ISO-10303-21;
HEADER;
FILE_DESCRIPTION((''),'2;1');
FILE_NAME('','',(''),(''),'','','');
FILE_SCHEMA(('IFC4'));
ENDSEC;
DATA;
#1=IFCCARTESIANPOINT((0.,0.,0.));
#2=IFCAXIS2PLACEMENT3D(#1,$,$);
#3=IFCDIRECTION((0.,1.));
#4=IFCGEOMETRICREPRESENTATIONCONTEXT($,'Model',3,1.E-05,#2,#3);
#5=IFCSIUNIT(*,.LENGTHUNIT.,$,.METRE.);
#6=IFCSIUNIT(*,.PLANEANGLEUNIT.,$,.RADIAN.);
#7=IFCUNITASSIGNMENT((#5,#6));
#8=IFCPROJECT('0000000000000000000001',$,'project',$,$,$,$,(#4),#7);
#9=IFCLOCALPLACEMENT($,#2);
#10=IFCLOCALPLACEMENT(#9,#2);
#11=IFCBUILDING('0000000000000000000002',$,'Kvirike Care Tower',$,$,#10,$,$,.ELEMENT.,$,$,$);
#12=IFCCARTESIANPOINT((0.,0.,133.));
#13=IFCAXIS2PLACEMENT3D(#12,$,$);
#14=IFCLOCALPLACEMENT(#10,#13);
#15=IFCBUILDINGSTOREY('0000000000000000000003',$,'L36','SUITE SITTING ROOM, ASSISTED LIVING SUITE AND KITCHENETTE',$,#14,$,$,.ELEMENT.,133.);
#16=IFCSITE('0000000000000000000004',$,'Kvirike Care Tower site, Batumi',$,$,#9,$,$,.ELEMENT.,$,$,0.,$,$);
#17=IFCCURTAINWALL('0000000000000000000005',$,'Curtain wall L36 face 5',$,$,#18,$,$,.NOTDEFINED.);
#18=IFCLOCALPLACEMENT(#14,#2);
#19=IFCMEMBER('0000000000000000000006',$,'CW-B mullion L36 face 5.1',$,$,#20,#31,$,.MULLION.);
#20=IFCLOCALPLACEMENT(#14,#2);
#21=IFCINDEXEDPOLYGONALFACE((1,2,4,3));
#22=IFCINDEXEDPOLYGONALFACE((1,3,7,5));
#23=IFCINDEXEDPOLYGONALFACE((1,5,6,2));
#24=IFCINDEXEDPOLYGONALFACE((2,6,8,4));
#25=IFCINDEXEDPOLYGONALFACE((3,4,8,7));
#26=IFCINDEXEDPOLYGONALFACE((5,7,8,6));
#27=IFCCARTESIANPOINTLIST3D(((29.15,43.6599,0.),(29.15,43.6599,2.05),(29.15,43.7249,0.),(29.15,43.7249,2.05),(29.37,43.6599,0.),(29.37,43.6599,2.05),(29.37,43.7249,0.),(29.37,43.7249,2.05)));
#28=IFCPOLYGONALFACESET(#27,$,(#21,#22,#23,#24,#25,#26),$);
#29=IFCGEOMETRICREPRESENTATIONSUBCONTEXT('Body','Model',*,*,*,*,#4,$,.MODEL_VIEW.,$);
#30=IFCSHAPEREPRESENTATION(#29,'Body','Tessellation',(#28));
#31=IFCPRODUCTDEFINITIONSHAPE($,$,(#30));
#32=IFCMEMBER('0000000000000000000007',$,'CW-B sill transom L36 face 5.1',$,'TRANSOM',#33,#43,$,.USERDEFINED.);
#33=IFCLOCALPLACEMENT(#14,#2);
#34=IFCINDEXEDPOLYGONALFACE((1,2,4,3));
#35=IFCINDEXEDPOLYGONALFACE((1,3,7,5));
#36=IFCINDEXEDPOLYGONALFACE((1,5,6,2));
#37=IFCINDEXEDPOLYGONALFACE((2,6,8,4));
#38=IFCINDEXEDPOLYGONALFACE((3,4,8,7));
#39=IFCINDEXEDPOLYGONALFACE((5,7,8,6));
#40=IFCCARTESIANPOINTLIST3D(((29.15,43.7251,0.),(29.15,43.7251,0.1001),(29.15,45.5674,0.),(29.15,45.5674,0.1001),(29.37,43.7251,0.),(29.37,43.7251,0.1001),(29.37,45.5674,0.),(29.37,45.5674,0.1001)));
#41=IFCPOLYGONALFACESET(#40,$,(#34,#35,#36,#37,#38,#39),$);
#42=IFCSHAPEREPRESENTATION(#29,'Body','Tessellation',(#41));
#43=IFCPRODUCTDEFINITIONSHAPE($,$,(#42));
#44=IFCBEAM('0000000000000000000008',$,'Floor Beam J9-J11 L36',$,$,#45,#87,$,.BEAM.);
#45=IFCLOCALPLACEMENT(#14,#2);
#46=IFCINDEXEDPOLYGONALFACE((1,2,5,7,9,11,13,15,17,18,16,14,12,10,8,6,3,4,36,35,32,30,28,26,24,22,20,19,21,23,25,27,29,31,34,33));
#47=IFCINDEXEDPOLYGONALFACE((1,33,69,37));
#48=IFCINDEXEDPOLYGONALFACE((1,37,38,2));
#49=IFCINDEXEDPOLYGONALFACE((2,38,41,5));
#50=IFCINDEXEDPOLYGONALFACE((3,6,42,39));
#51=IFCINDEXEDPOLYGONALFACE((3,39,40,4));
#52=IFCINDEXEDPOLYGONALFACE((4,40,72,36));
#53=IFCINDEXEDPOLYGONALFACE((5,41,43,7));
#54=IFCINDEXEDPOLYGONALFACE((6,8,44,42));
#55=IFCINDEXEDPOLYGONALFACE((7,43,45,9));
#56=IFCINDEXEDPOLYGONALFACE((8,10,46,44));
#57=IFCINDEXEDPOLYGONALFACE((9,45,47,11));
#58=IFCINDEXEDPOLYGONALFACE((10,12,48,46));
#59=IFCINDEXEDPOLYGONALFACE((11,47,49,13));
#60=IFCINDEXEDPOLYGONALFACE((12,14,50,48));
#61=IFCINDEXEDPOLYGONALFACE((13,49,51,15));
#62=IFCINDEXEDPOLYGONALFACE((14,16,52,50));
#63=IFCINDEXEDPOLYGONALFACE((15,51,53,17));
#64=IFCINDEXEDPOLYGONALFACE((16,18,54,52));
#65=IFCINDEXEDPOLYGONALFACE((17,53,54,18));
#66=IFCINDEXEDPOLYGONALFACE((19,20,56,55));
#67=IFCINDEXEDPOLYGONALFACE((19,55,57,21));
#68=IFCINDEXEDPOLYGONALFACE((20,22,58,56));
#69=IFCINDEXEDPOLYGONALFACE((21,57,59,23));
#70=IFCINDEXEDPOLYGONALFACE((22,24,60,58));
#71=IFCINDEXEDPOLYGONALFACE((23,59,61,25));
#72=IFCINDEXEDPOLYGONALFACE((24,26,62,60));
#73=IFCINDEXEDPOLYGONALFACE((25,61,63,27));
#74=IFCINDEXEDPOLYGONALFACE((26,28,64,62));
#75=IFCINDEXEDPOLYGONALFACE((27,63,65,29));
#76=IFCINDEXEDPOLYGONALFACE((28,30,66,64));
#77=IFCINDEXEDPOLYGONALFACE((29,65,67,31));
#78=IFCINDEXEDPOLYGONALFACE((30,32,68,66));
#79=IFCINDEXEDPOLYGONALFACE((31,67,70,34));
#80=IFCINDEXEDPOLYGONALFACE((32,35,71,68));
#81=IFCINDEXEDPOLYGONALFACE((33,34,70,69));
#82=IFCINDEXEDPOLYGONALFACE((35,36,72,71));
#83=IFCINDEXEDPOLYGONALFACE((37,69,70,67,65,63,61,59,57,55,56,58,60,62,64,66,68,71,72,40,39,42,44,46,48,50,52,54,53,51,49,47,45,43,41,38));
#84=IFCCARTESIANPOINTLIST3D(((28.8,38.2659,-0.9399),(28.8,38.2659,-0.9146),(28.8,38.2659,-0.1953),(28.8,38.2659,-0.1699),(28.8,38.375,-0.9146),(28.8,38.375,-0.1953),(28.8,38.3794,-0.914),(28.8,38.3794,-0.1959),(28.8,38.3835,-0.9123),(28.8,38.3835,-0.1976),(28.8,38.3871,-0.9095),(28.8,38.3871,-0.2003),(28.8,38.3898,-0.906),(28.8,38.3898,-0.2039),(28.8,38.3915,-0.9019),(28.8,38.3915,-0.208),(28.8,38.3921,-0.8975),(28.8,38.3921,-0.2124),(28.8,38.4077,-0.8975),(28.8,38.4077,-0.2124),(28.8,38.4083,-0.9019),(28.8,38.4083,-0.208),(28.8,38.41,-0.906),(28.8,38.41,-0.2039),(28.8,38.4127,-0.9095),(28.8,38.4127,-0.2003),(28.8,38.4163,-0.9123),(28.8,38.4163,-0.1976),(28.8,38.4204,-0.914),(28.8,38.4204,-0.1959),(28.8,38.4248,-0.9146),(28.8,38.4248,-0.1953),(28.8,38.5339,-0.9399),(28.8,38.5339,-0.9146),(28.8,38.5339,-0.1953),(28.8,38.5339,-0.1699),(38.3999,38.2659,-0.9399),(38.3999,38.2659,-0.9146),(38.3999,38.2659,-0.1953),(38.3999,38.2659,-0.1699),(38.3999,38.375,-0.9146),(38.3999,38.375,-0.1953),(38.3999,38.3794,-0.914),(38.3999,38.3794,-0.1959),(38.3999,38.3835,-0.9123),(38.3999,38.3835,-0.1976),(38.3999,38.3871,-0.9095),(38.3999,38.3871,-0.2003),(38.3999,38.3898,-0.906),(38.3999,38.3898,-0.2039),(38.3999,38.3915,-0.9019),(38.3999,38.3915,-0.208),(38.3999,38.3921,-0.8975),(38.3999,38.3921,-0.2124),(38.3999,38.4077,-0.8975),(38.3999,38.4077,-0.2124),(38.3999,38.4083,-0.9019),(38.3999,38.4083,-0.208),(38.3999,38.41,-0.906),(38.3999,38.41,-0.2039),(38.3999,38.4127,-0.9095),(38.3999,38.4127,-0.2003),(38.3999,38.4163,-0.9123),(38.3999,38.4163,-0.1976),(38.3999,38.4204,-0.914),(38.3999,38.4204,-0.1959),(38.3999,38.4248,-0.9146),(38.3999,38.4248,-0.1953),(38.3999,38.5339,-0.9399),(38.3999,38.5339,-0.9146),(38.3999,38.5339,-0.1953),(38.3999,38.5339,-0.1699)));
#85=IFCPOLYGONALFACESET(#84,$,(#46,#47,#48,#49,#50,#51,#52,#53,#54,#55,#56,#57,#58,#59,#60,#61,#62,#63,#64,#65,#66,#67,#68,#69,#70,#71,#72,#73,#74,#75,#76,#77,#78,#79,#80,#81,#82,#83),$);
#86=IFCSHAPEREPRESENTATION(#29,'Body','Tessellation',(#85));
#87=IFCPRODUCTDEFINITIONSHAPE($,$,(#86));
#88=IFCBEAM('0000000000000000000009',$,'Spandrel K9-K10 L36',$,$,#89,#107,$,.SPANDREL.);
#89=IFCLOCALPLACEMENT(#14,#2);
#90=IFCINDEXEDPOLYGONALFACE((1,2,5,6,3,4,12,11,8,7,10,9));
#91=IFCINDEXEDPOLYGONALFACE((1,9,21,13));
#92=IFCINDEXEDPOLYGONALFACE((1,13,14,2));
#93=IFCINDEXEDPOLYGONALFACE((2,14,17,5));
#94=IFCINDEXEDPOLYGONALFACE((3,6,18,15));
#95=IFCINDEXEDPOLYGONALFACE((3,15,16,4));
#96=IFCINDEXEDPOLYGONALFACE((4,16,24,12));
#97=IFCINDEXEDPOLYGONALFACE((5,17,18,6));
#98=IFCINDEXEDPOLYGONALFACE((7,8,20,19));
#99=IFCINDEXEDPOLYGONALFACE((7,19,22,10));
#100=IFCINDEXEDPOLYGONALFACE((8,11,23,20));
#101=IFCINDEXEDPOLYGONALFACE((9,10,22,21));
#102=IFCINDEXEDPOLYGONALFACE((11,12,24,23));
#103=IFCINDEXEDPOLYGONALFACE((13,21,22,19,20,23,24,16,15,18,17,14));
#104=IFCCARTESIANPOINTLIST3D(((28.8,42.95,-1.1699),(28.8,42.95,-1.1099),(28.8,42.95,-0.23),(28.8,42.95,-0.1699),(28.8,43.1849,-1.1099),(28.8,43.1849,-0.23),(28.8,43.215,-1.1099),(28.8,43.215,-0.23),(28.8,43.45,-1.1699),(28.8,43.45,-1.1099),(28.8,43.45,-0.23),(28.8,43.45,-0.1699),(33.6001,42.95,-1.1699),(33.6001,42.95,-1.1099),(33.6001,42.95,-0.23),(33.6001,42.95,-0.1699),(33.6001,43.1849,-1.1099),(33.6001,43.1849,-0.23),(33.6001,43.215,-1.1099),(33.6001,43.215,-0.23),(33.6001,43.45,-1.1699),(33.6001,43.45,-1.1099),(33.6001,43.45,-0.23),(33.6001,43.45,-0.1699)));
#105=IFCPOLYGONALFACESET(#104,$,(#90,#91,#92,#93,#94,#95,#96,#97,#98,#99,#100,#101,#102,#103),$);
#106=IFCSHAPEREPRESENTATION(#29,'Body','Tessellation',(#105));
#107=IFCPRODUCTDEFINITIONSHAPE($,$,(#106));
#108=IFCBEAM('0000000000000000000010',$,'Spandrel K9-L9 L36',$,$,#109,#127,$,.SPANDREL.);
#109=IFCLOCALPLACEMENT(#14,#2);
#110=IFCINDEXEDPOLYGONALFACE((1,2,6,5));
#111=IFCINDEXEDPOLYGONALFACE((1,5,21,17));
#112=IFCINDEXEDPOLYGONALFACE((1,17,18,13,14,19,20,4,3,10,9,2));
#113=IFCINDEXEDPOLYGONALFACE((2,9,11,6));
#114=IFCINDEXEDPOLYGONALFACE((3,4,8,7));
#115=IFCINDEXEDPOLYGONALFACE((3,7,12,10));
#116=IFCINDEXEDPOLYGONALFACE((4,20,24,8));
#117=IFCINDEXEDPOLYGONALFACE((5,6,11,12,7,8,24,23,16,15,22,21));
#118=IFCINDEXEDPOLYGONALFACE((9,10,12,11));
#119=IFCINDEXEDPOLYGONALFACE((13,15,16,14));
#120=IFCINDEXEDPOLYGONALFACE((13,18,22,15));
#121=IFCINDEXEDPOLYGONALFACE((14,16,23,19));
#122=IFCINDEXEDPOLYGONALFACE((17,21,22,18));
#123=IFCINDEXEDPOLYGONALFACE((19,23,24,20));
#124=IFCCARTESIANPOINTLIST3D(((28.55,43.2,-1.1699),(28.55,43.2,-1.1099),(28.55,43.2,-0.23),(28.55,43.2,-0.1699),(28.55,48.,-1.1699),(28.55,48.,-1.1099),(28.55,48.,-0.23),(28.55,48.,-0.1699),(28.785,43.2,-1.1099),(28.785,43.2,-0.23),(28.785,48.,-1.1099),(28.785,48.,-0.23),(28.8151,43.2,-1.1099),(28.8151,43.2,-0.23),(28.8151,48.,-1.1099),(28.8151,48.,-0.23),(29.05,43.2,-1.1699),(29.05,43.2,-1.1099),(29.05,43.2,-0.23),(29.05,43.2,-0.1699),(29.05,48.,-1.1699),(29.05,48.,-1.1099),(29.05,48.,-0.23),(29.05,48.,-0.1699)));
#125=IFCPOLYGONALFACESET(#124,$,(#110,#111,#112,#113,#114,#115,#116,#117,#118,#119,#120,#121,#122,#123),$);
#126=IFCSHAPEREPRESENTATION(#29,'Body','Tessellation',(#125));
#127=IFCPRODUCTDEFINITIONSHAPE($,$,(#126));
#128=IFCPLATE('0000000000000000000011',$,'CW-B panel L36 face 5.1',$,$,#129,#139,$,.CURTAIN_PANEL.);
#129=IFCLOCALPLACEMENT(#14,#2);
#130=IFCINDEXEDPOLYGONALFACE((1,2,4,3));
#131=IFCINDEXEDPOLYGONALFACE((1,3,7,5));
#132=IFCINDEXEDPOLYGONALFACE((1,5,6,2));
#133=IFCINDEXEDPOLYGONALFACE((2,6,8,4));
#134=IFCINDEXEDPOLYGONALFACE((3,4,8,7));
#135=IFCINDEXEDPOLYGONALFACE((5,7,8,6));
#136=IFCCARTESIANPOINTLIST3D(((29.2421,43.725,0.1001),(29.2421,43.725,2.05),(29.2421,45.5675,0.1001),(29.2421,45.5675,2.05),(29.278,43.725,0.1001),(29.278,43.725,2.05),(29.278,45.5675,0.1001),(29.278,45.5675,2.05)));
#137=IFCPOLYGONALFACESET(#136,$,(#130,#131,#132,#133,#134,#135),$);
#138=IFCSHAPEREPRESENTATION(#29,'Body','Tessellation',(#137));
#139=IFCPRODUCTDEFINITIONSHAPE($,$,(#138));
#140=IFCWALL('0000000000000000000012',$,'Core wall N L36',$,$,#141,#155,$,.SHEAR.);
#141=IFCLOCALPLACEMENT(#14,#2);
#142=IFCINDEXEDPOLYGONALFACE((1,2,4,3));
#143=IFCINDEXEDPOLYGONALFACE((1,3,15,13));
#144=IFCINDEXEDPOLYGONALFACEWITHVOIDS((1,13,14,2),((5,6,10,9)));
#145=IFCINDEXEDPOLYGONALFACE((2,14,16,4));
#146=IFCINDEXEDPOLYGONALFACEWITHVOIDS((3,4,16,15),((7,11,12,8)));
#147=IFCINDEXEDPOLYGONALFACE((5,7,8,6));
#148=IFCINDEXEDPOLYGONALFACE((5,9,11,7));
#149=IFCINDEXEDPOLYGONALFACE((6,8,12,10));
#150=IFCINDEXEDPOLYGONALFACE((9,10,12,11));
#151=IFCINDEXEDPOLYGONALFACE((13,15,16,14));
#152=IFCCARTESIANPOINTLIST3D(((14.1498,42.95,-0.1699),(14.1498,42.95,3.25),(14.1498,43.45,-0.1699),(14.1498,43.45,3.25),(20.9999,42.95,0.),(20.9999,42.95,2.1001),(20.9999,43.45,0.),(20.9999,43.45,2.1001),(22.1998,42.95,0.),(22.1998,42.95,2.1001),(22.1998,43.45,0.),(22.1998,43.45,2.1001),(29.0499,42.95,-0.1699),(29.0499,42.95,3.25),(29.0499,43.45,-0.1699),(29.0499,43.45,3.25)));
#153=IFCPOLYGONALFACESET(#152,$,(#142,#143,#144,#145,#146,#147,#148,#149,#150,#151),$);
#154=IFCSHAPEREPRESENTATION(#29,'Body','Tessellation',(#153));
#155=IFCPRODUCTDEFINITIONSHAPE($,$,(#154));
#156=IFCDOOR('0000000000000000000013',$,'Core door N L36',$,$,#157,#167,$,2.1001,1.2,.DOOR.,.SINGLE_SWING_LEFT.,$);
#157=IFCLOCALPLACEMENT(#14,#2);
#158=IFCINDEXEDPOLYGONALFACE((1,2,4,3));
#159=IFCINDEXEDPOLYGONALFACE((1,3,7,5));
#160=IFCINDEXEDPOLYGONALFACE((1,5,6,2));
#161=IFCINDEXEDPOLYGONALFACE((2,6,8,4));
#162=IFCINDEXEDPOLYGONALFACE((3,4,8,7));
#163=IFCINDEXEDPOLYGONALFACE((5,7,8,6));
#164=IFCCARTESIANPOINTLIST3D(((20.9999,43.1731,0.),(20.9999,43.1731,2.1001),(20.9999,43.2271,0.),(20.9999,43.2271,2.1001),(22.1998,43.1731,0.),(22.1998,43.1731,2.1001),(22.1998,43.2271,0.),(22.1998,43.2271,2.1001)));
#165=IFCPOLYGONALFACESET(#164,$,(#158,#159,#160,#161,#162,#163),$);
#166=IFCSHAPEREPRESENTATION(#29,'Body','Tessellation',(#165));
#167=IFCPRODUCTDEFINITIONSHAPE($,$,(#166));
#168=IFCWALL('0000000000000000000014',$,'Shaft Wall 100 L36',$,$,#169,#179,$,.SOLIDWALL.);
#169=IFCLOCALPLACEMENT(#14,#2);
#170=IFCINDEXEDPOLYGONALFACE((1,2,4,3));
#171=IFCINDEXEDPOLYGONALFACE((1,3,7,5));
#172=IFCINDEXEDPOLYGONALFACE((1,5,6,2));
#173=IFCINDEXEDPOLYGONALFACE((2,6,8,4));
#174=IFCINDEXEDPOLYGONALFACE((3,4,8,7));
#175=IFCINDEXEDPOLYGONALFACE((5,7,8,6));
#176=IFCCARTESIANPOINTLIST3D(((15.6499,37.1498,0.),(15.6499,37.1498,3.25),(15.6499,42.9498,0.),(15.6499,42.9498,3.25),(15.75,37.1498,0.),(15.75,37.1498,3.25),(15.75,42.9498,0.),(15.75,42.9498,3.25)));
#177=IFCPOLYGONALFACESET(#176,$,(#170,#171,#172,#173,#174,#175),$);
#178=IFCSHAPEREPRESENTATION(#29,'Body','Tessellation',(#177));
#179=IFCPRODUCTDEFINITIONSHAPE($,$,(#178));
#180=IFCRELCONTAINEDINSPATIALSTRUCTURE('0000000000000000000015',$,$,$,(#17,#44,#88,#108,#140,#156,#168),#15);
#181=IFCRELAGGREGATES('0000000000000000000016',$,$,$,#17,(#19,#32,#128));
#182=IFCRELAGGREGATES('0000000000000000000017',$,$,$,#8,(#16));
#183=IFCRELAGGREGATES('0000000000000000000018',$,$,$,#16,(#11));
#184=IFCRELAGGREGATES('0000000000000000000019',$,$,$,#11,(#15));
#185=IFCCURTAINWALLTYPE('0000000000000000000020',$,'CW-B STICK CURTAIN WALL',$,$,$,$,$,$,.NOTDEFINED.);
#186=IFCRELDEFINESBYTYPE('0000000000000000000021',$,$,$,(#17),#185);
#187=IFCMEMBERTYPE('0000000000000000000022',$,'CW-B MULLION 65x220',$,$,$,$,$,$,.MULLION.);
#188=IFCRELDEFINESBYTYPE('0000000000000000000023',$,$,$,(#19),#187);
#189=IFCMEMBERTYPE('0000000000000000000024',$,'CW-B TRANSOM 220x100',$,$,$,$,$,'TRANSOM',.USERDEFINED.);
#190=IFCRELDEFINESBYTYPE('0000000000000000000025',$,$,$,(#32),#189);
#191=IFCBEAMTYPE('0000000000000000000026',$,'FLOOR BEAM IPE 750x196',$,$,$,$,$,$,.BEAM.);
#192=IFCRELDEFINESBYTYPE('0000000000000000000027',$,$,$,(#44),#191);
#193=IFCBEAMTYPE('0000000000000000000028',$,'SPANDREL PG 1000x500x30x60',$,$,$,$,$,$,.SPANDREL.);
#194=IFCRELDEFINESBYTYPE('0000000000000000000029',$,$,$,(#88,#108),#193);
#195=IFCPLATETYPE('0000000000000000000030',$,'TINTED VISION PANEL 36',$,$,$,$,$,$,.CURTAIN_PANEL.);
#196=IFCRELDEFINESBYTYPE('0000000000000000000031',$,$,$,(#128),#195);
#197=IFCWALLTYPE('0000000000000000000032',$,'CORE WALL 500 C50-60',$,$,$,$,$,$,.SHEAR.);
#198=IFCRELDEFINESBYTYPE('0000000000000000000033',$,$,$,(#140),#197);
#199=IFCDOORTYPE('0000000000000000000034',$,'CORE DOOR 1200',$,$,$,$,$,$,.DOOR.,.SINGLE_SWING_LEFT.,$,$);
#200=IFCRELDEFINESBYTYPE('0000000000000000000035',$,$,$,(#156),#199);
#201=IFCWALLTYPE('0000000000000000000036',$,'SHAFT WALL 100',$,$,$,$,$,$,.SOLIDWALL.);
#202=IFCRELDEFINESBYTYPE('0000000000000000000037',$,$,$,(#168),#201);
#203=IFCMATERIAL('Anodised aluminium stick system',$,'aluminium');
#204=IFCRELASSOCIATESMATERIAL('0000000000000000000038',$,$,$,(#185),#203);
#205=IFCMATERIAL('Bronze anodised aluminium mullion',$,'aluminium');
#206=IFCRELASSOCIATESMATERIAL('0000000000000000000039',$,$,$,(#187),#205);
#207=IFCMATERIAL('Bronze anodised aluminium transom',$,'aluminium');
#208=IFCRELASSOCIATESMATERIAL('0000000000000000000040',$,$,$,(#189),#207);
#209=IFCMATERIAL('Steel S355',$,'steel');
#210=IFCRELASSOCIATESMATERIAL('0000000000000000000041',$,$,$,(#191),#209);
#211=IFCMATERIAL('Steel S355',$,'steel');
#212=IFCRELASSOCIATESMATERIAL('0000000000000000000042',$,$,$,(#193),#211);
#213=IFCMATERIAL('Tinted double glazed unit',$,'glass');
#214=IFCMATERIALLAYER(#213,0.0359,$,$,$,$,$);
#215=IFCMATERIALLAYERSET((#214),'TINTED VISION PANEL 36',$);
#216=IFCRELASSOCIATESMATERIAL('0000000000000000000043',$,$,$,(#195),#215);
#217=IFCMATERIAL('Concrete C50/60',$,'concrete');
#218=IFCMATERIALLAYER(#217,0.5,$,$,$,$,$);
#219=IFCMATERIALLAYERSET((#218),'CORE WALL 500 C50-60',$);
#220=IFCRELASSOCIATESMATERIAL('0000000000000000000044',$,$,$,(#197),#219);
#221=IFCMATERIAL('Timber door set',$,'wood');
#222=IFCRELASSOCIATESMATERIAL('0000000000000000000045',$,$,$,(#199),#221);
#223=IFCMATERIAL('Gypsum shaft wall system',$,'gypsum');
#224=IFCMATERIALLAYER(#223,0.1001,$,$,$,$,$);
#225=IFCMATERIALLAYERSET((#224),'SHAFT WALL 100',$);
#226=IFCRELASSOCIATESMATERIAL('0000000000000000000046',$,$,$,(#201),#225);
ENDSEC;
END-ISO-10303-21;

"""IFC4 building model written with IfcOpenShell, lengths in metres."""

from ifc_helpers import new_model, si_unit, direction, frame, frame_2d, origin, origin_2d, place, context, subcontext, project, spatial, rectangle, i_section, extrude, material, layer, layer_set, material_profile, profile_set, type_object, element, fill, aggregate, save


model = new_model("IFC4")

# Units and contexts
model_context = context("Model", 3, precision=1e-05, world=origin(), true_north=direction((0.0, 1.0)))
body_context = subcontext(model_context, "Body", "Model", "MODEL_VIEW")
ifc_project = project(units=[si_unit("LENGTHUNIT", "METRE"), si_unit("PLANEANGLEUNIT", "RADIAN")], contexts=[model_context])

# Site, building, storey
site_placement = place(None, origin())
site = spatial("IfcSite", under=ifc_project, at=site_placement, Name="Kvirike Care Tower site, Batumi", CompositionType="ELEMENT", RefElevation=0.0)
building_placement = place(site_placement, origin())
building = spatial("IfcBuilding", under=site, at=building_placement, Name="Kvirike Care Tower", CompositionType="ELEMENT")
storey_placement = place(building_placement, frame((0.0, 0.0, 133.0)))
storey = spatial("IfcBuildingStorey", under=building, at=storey_placement, Name="L36", Description="SUITE SITTING ROOM, ASSISTED LIVING SUITE AND KITCHENETTE", CompositionType="ELEMENT", Elevation=133.0)

# Curtain wall, members
ifc_material_1 = material(Name="Anodised aluminium stick system", Category="aluminium")
curtain_wall_type = type_object("IfcCurtainWallType", Name="CW-B STICK CURTAIN WALL", PredefinedType="NOTDEFINED", material=ifc_material_1)
curtain_wall_placement = place(storey_placement, origin())
curtain_wall = element("IfcCurtainWall", 1, at=curtain_wall_placement, inside=storey, type_object=curtain_wall_type, Name="Curtain wall L36 face 5", PredefinedType="NOTDEFINED")
ifc_material_2 = material(Name="Bronze anodised aluminium mullion", Category="aluminium")
ifc_material_profile_1 = material_profile(ifc_material_2, rectangle(XDim=0.0649, YDim=0.22, at=origin_2d()), Name="CW-B MULLION 65x220")
ifc_profile_set_1 = profile_set([ifc_material_profile_1], Name="Bronze anodised aluminium mullion")
member_type_1 = type_object("IfcMemberType", Name="CW-B MULLION 65x220", PredefinedType="MULLION", material=ifc_profile_set_1)
member_1_placement = place(storey_placement, frame((29.26, 43.6924, 0.0), z_axis=(0.0, 0.0, 1.0), x_axis=(0.0, 1.0, 0.0)))
member_1 = element("IfcMember", 2, at=member_1_placement, type_object=member_type_1, Name="CW-B mullion L36 face 5.1", PredefinedType="MULLION", context=body_context, shape_type="SweptSolid", body=[
    extrude(rectangle(XDim=0.0649, YDim=0.22, at=origin_2d()), origin(), (0.0, 0.0, 1.0), 2.05),
])
ifc_material_3 = material(Name="Bronze anodised aluminium transom", Category="aluminium")
ifc_material_profile_2 = material_profile(ifc_material_3, rectangle(XDim=0.22, YDim=0.1001, at=origin_2d()), Name="CW-B TRANSOM 220x100")
ifc_profile_set_2 = profile_set([ifc_material_profile_2], Name="Bronze anodised aluminium transom")
member_type_2 = type_object("IfcMemberType", Name="CW-B TRANSOM 220x100", ElementType="TRANSOM", PredefinedType="USERDEFINED", material=ifc_profile_set_2)
member_2_placement = place(storey_placement, frame((29.26, 43.7251, 0.05), z_axis=(0.0, 1.0, 0.0), x_axis=(-1.0, 0.0, 0.0)))
member_2 = element("IfcMember", 3, at=member_2_placement, type_object=member_type_2, Name="CW-B sill transom L36 face 5.1", ObjectType="TRANSOM", PredefinedType="USERDEFINED", context=body_context, shape_type="SweptSolid", body=[
    extrude(rectangle(XDim=0.22, YDim=0.1001, at=origin_2d()), origin(), (0.0, 0.0, 1.0), 1.8423),
])

# Beams
ifc_material_4 = material(Name="Steel S355", Category="steel")
ifc_material_profile_3 = material_profile(ifc_material_4, i_section(OverallWidth=0.2681, OverallDepth=0.77, WebThickness=0.0156, FlangeThickness=0.0254, FilletRadius=0.0171, at=origin_2d()), Name="IPE 750x196")
ifc_profile_set_3 = profile_set([ifc_material_profile_3], Name="Steel S355")
beam_type_1 = type_object("IfcBeamType", Name="FLOOR BEAM IPE 750x196", PredefinedType="BEAM", material=ifc_profile_set_3)
beam_placement = place(storey_placement, frame((28.8, 38.3999, -0.5549), z_axis=(1.0, 0.0, 0.0), x_axis=(0.0, 1.0, 0.0)))
element("IfcBeam", 4, at=beam_placement, inside=storey, type_object=beam_type_1, Name="Floor Beam J9-J11 L36", PredefinedType="BEAM", context=body_context, shape_type="SweptSolid", body=[
    extrude(i_section(OverallWidth=0.2681, OverallDepth=0.77, WebThickness=0.0156, FlangeThickness=0.0254, FilletRadius=0.0171, at=origin_2d()), origin(), (0.0, 0.0, 1.0), 9.5999),
])
ifc_material_5 = material(Name="Steel S355", Category="steel")
ifc_material_profile_4 = material_profile(ifc_material_5, i_section(OverallWidth=0.5, OverallDepth=1.0, WebThickness=0.03, FlangeThickness=0.0601, at=origin_2d()), Name="PG 1000x500x30x60")
ifc_profile_set_4 = profile_set([ifc_material_profile_4], Name="Steel S355")
beam_type_2 = type_object("IfcBeamType", Name="SPANDREL PG 1000x500x30x60", PredefinedType="SPANDREL", material=ifc_profile_set_4)
for number, where, z_axis, x_axis, name in (
    (5, (28.8, 43.2, -0.6699), (1.0, 0.0, 0.0), (0.0, 1.0, 0.0), "Spandrel K9-K10 L36"),
    (6, (28.8, 43.2, -0.6699), (0.0, 1.0, 0.0), (-1.0, 0.0, 0.0), "Spandrel K9-L9 L36"),
):
    element("IfcBeam", number, at=place(storey_placement, frame(where, z_axis=z_axis, x_axis=x_axis)), inside=storey, type_object=beam_type_2, Name=name, PredefinedType="SPANDREL", context=body_context, shape_type="SweptSolid", body=[
        extrude(i_section(OverallWidth=0.5, OverallDepth=1.0, WebThickness=0.03, FlangeThickness=0.0601, at=origin_2d()), origin(), (0.0, 0.0, 1.0), 4.8),
    ])

# Plate
ifc_material_6 = material(Name="Tinted double glazed unit", Category="glass")
ifc_layer_1 = layer(ifc_material_6, 0.0359)
ifc_layer_set_1 = layer_set([ifc_layer_1], Name="TINTED VISION PANEL 36")
plate_type = type_object("IfcPlateType", Name="TINTED VISION PANEL 36", PredefinedType="CURTAIN_PANEL", material=ifc_layer_set_1)
plate_placement = place(storey_placement, frame((29.26, 44.6462, 0.1001), z_axis=(0.0, 0.0, 1.0), x_axis=(0.0, 1.0, 0.0)))
plate = element("IfcPlate", 7, at=plate_placement, type_object=plate_type, Name="CW-B panel L36 face 5.1", PredefinedType="CURTAIN_PANEL", context=body_context, shape_type="SweptSolid", body=[
    extrude(rectangle(XDim=1.8425, YDim=0.0359, at=origin_2d()), origin(), (0.0, 0.0, 1.0), 1.95),
])
aggregate(curtain_wall, [member_1, member_2, plate])

# Wall, opening, door
ifc_material_7 = material(Name="Concrete C50/60", Category="concrete")
ifc_layer_2 = layer(ifc_material_7, 0.5)
ifc_layer_set_2 = layer_set([ifc_layer_2], Name="CORE WALL 500 C50-60")
wall_type_1 = type_object("IfcWallType", Name="CORE WALL 500 C50-60", PredefinedType="SHEAR", material=ifc_layer_set_2)
wall_1_placement = place(storey_placement, frame((29.05, 43.2, -0.1699), z_axis=(0.0, 0.0, 1.0), x_axis=(-1.0, 0.0, 0.0)))
wall_1 = element("IfcWall", 8, at=wall_1_placement, inside=storey, type_object=wall_type_1, Name="Core wall N L36", PredefinedType="SHEAR", context=body_context, shape_type="SweptSolid", body=[
    extrude(rectangle(XDim=14.9001, YDim=0.5, at=frame_2d((7.4502, 0.0))), origin(), (0.0, 0.0, 1.0), 3.4199),
])
opening_1_placement = place(wall_1_placement, frame((6.8501, 0.0, 0.1699)))
opening_1 = element("IfcOpeningElement", 9, at=opening_1_placement, cuts=wall_1, PredefinedType="OPENING", context=body_context, shape_type="SweptSolid", body=[
    extrude(rectangle(XDim=1.2, YDim=2.1001, at=frame_2d((0.6001, 1.05))), frame((0.0, 0.2605, 0.0), z_axis=(0.0, -1.0, 0.0), x_axis=(1.0, 0.0, 0.0)), (0.0, 0.0, 1.0), 0.521),
])
ifc_material_8 = material(Name="Timber door set", Category="wood")
door_type_1 = type_object("IfcDoorType", Name="CORE DOOR 1200", OperationType="SINGLE_SWING_LEFT", PredefinedType="DOOR", material=ifc_material_8)
door_1_placement = place(opening_1_placement, origin())
door_1 = element("IfcDoor", 10, at=door_1_placement, inside=storey, type_object=door_type_1, Name="Core door N L36", OperationType="SINGLE_SWING_LEFT", OverallHeight=2.1001, OverallWidth=1.2, PredefinedType="DOOR", context=body_context, shape_type="SweptSolid", body=[
    extrude(rectangle(XDim=1.2, YDim=2.1001, at=frame_2d((0.6001, 1.05))), frame((0.0, 0.0269, 0.0), z_axis=(0.0, -1.0, 0.0), x_axis=(1.0, 0.0, 0.0)), (0.0, 0.0, 1.0), 0.054),
])
fill(opening_1, door_1)

# Wall
ifc_material_9 = material(Name="Gypsum shaft wall system", Category="gypsum")
ifc_layer_3 = layer(ifc_material_9, 0.1001)
ifc_layer_set_3 = layer_set([ifc_layer_3], Name="SHAFT WALL 100")
wall_type_2 = type_object("IfcWallType", Name="SHAFT WALL 100", PredefinedType="SOLIDWALL", material=ifc_layer_set_3)
for number, where, z_axis, x_axis, name in (
    (11, (15.7, 37.1499, 0.0), (0.0, 0.0, 1.0), (0.0, 1.0, 0.0), "Shaft Wall 100 L36"),
):
    element("IfcWall", number, at=place(storey_placement, frame(where, z_axis=z_axis, x_axis=x_axis)), inside=storey, type_object=wall_type_2, Name=name, PredefinedType="SOLIDWALL", context=body_context, shape_type="SweptSolid", body=[
        extrude(rectangle(XDim=5.8, YDim=0.1001, at=frame_2d((2.8999, 0.0))), origin(), (0.0, 0.0, 1.0), 3.25),
    ])

save(model, "model.ifc")
